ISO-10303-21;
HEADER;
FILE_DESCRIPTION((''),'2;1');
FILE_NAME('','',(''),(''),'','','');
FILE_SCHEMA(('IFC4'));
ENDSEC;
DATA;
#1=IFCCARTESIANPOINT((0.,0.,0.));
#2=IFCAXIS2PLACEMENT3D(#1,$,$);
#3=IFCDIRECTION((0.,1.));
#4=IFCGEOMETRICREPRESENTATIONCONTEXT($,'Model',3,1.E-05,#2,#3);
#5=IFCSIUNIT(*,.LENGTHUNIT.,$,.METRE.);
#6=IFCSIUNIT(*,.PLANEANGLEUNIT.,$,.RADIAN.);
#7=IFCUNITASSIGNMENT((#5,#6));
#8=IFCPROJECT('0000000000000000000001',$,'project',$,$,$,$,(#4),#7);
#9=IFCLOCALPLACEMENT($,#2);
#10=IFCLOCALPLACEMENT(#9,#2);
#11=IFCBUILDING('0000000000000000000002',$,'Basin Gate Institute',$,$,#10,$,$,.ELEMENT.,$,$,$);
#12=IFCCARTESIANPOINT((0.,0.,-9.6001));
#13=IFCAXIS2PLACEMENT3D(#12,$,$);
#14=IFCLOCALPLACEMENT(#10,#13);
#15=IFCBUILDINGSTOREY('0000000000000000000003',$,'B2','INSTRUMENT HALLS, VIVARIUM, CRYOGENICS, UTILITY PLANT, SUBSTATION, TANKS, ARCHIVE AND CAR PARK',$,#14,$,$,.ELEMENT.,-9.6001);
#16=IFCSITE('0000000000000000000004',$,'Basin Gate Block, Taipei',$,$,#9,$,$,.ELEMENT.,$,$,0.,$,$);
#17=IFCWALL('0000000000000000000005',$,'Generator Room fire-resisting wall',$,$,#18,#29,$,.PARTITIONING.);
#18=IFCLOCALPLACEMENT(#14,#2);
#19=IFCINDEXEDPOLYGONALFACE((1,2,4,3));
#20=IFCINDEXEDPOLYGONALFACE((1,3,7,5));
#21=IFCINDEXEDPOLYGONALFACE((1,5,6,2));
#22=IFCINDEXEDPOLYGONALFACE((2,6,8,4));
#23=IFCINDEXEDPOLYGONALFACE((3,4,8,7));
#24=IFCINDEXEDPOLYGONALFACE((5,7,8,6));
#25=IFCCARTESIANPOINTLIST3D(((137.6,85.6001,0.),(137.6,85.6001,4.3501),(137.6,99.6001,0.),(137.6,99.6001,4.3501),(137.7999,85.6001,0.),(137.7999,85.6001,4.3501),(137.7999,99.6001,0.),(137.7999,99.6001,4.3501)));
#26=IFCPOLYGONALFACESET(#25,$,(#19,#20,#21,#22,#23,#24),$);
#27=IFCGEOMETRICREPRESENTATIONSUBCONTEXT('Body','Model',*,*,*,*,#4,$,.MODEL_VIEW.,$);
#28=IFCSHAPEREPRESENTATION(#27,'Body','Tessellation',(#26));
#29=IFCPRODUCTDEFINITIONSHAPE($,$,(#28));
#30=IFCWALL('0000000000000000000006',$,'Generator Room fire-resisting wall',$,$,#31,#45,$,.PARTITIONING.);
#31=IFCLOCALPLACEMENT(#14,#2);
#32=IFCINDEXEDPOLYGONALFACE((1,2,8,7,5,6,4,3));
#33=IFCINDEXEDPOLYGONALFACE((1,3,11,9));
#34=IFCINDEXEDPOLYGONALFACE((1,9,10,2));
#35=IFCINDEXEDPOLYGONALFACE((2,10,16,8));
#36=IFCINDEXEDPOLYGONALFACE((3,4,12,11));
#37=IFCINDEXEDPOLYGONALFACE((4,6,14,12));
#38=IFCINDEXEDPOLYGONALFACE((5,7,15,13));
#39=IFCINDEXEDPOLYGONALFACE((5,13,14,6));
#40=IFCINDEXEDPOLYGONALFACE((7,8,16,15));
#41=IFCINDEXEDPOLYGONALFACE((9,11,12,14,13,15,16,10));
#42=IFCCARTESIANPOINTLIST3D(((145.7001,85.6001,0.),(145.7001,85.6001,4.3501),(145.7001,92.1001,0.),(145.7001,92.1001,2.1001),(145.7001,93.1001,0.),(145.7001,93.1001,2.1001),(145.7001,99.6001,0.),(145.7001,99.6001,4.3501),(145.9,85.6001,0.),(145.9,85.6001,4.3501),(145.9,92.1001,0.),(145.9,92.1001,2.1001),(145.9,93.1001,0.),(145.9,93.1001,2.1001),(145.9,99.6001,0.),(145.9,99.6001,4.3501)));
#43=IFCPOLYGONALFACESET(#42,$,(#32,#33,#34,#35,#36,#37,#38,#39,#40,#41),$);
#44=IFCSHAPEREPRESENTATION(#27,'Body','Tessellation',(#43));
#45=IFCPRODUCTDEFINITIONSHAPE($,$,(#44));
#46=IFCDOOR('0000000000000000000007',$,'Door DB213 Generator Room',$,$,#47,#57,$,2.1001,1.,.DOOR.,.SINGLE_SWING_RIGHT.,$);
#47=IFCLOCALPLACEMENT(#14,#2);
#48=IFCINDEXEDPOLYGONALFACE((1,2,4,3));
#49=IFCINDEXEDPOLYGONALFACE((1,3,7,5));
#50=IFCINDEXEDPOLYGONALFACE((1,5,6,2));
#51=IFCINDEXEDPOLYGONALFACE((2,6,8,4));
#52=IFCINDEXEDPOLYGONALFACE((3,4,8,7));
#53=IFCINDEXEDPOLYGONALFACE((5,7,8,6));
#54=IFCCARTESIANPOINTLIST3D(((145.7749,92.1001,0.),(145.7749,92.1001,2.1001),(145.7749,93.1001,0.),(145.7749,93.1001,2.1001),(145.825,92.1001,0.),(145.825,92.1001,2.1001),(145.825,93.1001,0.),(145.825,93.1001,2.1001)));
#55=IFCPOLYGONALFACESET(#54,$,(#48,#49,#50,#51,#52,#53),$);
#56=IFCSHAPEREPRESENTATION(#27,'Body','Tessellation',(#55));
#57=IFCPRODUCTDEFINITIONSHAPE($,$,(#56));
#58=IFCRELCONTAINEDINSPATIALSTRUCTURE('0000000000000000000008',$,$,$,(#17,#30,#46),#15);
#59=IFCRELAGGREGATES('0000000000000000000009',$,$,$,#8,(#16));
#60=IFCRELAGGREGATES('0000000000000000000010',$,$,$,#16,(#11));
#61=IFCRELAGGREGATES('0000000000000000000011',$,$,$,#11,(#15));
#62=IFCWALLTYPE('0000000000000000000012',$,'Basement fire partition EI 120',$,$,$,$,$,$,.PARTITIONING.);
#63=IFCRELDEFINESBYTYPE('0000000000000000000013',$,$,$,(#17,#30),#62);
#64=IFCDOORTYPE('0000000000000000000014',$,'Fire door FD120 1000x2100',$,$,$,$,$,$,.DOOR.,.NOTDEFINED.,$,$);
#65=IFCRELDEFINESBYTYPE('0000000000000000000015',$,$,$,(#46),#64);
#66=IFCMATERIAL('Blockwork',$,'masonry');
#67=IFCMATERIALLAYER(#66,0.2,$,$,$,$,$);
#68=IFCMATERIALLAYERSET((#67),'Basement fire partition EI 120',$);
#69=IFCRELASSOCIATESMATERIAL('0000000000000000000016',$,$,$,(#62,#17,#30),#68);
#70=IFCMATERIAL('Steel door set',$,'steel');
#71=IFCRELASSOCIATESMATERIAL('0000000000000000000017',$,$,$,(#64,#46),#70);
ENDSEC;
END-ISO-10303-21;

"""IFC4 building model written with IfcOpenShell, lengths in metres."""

from ifc_helpers import new_model, si_unit, direction, frame, frame_2d, origin, place, context, subcontext, project, spatial, rectangle, extrude, material, layer, layer_set, type_object, element, fill, save


model = new_model("IFC4")

# Units and contexts
model_context = context("Model", 3, precision=1e-05, world=origin(), true_north=direction((0.0, 1.0)))
body_context = subcontext(model_context, "Body", "Model", "MODEL_VIEW")
ifc_project = project(units=[si_unit("LENGTHUNIT", "METRE"), si_unit("PLANEANGLEUNIT", "RADIAN")], contexts=[model_context])

# Site, building, storey
site_placement = place(None, origin())
site = spatial("IfcSite", under=ifc_project, at=site_placement, Name="Basin Gate Block, Taipei", CompositionType="ELEMENT", RefElevation=0.0)
building_placement = place(site_placement, origin())
building = spatial("IfcBuilding", under=site, at=building_placement, Name="Basin Gate Institute", CompositionType="ELEMENT")
storey_placement = place(building_placement, frame((0.0, 0.0, -9.6001)))
storey = spatial("IfcBuildingStorey", under=building, at=storey_placement, Name="B2", Description="INSTRUMENT HALLS, VIVARIUM, CRYOGENICS, UTILITY PLANT, SUBSTATION, TANKS, ARCHIVE AND CAR PARK", CompositionType="ELEMENT", Elevation=-9.6001)

# Shared definitions
ifc_material_1 = material(Name="Blockwork", Category="masonry")
ifc_layer = layer(ifc_material_1, 0.2)
ifc_layer_set = layer_set([ifc_layer], Name="Basement fire partition EI 120")
wall_type = type_object("IfcWallType", Name="Basement fire partition EI 120", PredefinedType="PARTITIONING", material=ifc_layer_set)
ifc_material_2 = material(Name="Steel door set", Category="steel")
door_type = type_object("IfcDoorType", Name="Fire door FD120 1000x2100", OperationType="NOTDEFINED", PredefinedType="DOOR", material=ifc_material_2)

# Wall
for number, where, z_axis, x_axis, name in (
    (1, (137.7, 85.6001, 0.0), (0.0, 0.0, 1.0), (0.0, 1.0, 0.0), "Generator Room fire-resisting wall"),
):
    element("IfcWall", number, at=place(storey_placement, frame(where, z_axis=z_axis, x_axis=x_axis)), inside=storey, type_object=wall_type, material=ifc_layer_set, Name=name, PredefinedType="PARTITIONING", context=body_context, shape_type="SweptSolid", body=[
        extrude(rectangle(XDim=14.0, YDim=0.2, at=frame_2d((7.0, 0.0))), origin(), (0.0, 0.0, 1.0), 4.3501),
    ])

# Wall, opening, door
wall_1_placement = place(storey_placement, frame((145.8, 85.6001, 0.0), z_axis=(0.0, 0.0, 1.0), x_axis=(0.0, 1.0, 0.0)))
wall_1 = element("IfcWall", 2, at=wall_1_placement, inside=storey, type_object=wall_type, material=ifc_layer_set, Name="Generator Room fire-resisting wall", PredefinedType="PARTITIONING", context=body_context, shape_type="SweptSolid", body=[
    extrude(rectangle(XDim=14.0, YDim=0.2, at=frame_2d((7.0, 0.0))), origin(), (0.0, 0.0, 1.0), 4.3501),
])
opening_1_placement = place(wall_1_placement, frame((6.5, 0.0, 0.0)))
opening_1 = element("IfcOpeningElement", 3, at=opening_1_placement, cuts=wall_1, PredefinedType="OPENING", context=body_context, shape_type="SweptSolid", body=[
    extrude(rectangle(XDim=1.0, YDim=2.1001, at=frame_2d((0.5, 1.05))), frame((0.0, 0.1099, 0.0), z_axis=(0.0, -1.0, 0.0), x_axis=(1.0, 0.0, 0.0)), (0.0, 0.0, 1.0), 0.22),
])
door_1_placement = place(opening_1_placement, frame((1.0, 0.0, 0.0), z_axis=(0.0, 0.0, 1.0), x_axis=(-1.0, 0.0, 0.0)))
door_1 = element("IfcDoor", 4, at=door_1_placement, inside=storey, type_object=door_type, material=ifc_material_2, Name="Door DB213 Generator Room", OperationType="SINGLE_SWING_RIGHT", OverallHeight=2.1001, OverallWidth=1.0, PredefinedType="DOOR", context=body_context, shape_type="SweptSolid", body=[
    extrude(rectangle(XDim=1.0, YDim=2.1001, at=frame_2d((0.5, 1.05))), frame((0.0, 0.0249, 0.0), z_axis=(0.0, -1.0, 0.0), x_axis=(1.0, 0.0, 0.0)), (0.0, 0.0, 1.0), 0.05),
])
fill(opening_1, door_1)

save(model, "model.ifc")
